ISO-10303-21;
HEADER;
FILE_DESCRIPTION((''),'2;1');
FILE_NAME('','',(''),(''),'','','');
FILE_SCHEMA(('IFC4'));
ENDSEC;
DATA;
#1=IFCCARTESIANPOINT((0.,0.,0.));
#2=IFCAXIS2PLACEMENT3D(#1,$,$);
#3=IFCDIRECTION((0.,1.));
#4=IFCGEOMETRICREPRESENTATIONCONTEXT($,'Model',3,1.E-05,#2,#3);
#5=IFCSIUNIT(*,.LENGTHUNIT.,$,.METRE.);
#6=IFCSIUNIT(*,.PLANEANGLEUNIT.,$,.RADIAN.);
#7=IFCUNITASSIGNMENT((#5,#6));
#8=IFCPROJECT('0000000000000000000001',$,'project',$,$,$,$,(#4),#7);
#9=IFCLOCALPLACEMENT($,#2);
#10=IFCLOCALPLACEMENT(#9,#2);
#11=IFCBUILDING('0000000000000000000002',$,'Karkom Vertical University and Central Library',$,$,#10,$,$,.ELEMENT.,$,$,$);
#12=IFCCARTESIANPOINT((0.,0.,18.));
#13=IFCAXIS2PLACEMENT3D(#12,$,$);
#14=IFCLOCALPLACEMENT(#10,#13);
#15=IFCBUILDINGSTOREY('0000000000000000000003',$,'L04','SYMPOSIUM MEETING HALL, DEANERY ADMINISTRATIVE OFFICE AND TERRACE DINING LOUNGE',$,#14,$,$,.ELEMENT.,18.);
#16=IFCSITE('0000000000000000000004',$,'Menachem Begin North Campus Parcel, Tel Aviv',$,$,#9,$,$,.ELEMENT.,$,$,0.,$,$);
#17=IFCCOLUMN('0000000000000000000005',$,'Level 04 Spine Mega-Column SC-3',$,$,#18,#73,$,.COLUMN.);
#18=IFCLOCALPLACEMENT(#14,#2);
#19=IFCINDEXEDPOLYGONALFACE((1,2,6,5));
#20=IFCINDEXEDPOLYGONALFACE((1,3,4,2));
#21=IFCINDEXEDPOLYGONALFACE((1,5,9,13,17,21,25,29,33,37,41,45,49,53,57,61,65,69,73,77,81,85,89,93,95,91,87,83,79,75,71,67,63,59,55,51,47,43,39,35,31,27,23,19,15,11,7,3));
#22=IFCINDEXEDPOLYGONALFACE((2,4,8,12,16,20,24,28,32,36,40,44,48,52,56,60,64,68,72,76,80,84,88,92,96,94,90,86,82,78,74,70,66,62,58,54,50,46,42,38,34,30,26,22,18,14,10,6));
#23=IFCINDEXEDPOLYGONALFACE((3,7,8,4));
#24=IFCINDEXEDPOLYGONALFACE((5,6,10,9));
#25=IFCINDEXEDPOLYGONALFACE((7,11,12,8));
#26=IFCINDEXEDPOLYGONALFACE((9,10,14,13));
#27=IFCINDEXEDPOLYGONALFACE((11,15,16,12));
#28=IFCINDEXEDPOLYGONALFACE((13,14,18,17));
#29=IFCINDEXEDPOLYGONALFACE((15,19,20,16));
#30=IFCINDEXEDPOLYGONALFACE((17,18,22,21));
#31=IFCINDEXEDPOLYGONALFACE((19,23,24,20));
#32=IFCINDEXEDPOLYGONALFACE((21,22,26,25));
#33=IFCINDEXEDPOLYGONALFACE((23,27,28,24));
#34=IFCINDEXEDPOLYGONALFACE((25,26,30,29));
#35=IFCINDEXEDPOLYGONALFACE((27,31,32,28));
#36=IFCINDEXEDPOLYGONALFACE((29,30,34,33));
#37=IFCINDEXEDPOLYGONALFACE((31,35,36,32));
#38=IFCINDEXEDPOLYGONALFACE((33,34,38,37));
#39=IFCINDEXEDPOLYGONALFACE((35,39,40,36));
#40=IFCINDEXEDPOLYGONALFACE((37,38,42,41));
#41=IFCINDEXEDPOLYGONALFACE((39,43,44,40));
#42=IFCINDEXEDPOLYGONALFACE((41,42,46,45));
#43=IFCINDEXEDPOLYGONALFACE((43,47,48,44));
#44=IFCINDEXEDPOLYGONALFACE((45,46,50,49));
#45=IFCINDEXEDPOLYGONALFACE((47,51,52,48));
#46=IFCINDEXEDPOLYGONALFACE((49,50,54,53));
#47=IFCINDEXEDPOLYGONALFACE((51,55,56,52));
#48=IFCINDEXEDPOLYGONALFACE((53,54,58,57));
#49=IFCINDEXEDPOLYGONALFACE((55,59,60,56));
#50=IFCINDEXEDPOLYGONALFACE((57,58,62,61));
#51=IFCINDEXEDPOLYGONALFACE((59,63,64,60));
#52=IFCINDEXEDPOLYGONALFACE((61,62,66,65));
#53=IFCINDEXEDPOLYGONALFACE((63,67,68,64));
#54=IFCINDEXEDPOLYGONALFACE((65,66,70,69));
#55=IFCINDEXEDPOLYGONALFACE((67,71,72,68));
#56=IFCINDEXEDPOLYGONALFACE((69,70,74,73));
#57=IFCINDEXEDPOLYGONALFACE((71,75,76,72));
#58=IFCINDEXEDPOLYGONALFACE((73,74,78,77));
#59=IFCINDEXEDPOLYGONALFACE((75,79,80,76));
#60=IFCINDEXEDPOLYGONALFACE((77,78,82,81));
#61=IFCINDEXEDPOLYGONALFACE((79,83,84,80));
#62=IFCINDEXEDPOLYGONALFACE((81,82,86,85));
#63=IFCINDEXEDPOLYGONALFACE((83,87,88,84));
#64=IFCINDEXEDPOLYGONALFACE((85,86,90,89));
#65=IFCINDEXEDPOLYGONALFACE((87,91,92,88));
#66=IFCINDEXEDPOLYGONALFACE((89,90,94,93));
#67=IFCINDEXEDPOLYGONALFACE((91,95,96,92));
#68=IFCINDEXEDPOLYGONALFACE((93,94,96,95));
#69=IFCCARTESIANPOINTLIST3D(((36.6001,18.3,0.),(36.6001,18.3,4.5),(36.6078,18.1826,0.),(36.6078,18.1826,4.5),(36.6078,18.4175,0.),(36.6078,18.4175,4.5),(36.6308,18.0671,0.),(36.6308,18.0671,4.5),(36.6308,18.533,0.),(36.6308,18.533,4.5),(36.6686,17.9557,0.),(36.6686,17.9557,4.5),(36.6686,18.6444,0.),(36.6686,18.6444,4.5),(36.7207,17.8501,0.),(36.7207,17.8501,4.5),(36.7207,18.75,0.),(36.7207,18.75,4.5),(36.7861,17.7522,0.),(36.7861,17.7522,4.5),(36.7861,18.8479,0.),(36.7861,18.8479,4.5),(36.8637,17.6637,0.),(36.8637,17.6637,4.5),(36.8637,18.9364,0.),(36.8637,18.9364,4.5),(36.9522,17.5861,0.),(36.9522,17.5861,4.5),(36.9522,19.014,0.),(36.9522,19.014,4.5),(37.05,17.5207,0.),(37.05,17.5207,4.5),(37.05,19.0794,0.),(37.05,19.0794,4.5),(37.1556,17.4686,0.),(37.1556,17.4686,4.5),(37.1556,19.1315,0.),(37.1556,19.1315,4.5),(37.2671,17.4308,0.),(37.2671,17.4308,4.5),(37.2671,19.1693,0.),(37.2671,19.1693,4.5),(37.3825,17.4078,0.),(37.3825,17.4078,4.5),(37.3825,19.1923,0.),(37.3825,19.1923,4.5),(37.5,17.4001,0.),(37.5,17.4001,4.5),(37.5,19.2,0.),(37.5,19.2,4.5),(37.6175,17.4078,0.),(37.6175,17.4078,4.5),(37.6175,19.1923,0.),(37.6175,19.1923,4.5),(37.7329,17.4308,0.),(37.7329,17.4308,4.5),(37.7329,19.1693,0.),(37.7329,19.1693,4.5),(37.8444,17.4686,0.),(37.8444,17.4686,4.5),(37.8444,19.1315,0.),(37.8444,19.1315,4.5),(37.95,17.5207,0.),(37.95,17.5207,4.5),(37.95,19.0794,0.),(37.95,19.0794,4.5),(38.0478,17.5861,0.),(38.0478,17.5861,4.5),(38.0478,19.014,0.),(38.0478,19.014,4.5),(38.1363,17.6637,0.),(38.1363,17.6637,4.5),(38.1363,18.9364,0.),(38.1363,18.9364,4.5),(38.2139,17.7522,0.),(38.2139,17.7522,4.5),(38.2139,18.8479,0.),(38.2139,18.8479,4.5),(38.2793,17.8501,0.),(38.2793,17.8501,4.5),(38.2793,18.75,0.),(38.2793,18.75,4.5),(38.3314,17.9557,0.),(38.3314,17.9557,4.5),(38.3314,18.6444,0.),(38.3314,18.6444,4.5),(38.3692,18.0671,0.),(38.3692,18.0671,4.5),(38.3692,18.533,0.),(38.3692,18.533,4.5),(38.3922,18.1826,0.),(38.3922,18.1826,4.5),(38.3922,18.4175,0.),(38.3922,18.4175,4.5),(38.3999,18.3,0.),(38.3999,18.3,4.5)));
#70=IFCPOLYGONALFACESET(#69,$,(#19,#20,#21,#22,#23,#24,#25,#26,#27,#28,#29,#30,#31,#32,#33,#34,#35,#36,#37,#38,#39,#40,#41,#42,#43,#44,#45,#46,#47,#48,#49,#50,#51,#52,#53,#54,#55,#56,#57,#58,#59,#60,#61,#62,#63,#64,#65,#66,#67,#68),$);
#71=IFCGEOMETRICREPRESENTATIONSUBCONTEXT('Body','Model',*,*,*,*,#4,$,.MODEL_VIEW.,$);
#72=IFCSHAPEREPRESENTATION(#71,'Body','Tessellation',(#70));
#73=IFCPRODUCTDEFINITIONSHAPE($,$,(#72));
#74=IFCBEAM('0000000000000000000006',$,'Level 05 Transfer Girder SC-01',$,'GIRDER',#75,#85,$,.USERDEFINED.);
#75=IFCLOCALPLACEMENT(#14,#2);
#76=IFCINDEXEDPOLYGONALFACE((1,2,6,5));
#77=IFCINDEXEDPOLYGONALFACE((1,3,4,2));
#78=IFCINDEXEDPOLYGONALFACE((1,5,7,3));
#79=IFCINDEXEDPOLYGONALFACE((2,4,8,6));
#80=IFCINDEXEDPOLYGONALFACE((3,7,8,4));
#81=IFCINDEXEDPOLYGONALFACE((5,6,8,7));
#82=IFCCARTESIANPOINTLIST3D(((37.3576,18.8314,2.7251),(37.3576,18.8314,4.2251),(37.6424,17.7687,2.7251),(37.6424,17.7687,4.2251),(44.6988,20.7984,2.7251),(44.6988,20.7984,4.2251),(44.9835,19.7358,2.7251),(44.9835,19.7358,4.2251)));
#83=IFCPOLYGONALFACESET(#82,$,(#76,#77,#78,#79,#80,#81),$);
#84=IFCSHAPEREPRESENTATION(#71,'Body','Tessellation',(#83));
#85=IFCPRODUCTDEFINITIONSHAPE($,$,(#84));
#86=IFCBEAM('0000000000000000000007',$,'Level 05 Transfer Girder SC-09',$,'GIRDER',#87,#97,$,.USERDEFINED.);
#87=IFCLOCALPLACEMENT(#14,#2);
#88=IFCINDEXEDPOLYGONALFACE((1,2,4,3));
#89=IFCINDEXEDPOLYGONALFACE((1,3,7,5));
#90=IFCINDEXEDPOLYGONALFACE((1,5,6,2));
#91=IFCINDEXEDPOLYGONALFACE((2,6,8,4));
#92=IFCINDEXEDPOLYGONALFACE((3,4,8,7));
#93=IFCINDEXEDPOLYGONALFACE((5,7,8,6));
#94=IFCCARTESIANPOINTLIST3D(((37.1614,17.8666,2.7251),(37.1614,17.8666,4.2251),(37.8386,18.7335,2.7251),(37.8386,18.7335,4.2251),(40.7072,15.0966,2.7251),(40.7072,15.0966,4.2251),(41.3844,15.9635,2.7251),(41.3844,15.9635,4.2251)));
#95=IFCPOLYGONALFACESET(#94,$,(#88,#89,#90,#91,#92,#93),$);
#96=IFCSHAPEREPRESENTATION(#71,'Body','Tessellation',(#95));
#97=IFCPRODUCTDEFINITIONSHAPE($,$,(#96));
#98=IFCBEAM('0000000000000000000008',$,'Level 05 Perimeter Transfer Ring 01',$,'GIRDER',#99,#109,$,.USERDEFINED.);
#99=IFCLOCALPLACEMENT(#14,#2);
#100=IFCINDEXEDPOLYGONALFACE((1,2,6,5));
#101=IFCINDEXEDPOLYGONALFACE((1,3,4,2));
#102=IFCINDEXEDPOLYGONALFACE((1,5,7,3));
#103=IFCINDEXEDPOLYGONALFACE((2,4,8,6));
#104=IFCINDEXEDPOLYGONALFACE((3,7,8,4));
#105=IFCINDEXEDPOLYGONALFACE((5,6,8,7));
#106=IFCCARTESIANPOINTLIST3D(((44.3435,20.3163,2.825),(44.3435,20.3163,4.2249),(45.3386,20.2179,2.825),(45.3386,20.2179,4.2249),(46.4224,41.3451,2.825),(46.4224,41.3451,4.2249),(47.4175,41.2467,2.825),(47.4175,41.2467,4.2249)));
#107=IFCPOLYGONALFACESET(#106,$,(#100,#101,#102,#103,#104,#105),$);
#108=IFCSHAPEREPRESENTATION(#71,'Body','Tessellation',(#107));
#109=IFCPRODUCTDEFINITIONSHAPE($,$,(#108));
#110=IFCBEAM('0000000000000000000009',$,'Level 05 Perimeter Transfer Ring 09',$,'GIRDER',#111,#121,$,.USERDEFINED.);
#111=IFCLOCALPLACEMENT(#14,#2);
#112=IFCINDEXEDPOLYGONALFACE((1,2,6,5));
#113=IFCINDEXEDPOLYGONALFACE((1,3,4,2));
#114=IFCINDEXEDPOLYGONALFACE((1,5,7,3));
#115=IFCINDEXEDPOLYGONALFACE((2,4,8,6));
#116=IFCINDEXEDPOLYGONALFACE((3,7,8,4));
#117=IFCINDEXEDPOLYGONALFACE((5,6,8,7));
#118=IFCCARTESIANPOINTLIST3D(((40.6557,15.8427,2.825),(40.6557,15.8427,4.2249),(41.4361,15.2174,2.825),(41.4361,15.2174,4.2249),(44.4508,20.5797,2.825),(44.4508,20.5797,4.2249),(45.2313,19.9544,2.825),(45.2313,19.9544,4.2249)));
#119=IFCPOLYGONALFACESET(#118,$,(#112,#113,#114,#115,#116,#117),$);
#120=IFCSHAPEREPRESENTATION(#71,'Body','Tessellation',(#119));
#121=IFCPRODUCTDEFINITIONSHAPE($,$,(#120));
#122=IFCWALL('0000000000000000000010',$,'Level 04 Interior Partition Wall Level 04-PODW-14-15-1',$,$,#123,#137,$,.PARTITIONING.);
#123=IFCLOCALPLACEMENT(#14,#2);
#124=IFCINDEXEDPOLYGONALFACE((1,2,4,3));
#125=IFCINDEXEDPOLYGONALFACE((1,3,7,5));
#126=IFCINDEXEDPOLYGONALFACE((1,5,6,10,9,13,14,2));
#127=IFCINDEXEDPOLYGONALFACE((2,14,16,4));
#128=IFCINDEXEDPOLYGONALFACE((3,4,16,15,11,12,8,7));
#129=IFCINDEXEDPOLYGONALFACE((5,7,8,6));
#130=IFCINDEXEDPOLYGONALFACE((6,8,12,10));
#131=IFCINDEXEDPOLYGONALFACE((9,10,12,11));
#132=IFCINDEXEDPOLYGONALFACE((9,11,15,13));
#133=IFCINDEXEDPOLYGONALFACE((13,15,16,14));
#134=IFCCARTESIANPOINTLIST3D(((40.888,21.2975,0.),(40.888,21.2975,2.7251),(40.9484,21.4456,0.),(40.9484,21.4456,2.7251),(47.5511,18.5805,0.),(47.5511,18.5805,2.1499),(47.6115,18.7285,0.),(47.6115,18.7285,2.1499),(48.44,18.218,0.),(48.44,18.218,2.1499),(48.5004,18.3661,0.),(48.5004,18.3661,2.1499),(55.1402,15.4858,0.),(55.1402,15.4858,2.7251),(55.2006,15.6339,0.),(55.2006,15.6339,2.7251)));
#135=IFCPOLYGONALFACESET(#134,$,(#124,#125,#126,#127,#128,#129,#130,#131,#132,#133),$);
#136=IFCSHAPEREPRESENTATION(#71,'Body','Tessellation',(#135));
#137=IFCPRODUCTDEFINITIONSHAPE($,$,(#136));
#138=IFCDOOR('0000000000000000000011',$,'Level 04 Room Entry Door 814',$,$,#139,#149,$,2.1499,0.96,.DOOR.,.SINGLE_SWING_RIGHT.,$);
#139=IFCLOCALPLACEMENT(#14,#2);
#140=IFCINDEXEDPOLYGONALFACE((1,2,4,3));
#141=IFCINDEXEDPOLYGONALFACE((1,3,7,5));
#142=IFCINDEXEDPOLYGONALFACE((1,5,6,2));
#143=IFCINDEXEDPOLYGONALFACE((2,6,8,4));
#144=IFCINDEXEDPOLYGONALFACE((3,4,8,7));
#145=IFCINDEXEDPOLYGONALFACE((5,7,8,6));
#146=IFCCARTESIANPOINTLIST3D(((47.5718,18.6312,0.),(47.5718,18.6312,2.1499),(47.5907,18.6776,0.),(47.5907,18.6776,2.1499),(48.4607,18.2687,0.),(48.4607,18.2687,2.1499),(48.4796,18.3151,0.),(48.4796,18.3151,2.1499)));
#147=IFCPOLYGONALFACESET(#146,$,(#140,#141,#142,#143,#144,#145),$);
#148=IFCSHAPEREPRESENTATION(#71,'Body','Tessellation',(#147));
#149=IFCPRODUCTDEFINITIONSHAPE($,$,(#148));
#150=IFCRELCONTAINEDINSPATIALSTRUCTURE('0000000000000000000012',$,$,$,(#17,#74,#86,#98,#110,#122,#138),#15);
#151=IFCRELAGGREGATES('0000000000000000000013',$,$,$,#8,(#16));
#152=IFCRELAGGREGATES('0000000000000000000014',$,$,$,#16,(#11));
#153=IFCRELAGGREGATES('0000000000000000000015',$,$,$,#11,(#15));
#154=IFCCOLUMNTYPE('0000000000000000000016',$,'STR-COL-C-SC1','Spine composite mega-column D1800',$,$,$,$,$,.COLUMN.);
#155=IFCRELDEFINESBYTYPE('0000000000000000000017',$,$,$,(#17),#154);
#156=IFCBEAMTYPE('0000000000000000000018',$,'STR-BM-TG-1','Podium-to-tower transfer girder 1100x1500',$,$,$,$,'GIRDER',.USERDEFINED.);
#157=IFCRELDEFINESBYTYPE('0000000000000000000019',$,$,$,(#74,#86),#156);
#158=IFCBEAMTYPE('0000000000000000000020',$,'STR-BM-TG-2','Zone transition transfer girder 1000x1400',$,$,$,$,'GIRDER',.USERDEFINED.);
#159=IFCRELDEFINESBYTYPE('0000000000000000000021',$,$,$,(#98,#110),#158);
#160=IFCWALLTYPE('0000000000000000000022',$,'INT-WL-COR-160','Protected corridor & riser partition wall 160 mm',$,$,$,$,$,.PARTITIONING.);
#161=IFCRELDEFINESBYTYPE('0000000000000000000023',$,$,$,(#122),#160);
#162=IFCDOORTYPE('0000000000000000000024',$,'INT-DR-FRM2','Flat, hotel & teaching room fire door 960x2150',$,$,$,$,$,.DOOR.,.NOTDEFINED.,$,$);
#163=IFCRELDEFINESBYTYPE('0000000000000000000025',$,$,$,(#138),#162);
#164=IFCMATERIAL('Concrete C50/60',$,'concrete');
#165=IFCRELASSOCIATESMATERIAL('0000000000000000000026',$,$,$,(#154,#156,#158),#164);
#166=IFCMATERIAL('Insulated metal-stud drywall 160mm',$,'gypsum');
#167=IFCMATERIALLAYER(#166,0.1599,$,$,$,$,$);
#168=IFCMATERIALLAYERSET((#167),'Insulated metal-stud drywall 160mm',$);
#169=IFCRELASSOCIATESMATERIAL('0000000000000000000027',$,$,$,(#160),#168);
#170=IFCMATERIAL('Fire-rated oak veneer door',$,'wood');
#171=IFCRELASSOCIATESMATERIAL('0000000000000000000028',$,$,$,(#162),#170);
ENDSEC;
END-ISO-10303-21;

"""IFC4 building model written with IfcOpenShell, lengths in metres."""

from ifc_helpers import new_model, si_unit, direction, frame, frame_2d, origin, origin_with_axes, origin_2d, place, context, subcontext, project, spatial, rectangle, circle, extrude, source, transform, mapped, material, layer, layer_set, material_profile, profile_set, type_object, element, fill, save


model = new_model("IFC4")

# Units and contexts
model_context = context("Model", 3, precision=1e-05, world=origin(), true_north=direction((0.0, 1.0)))
body_context = subcontext(model_context, "Body", "Model", "MODEL_VIEW")
ifc_project = project(units=[si_unit("LENGTHUNIT", "METRE"), si_unit("PLANEANGLEUNIT", "RADIAN")], contexts=[model_context])

# Site, building, storey
site_placement = place(None, origin())
site = spatial("IfcSite", under=ifc_project, at=site_placement, Name="Menachem Begin North Campus Parcel, Tel Aviv", CompositionType="ELEMENT", RefElevation=0.0)
building_placement = place(site_placement, origin())
building = spatial("IfcBuilding", under=site, at=building_placement, Name="Karkom Vertical University and Central Library", CompositionType="ELEMENT")
storey_placement = place(building_placement, frame((0.0, 0.0, 18.0)))
storey = spatial("IfcBuildingStorey", under=building, at=storey_placement, Name="L04", Description="SYMPOSIUM MEETING HALL, DEANERY ADMINISTRATIVE OFFICE AND TERRACE DINING LOUNGE", CompositionType="ELEMENT", Elevation=18.0)

# Column
ifc_material_1 = material(Name="Concrete C50/60", Category="concrete")
ifc_material_profile_1 = material_profile(ifc_material_1, circle(Radius=0.8999, at=origin_2d()), Name="CFT-D1800")
ifc_profile_set_1 = profile_set([ifc_material_profile_1], Name="Concrete C50/60")
column_type = type_object("IfcColumnType", Name="STR-COL-C-SC1", Description="Spine composite mega-column D1800", PredefinedType="COLUMN", material=ifc_profile_set_1)
shared_shape_1 = source(origin_with_axes(), body_context, "Body", "SweptSolid", [
    extrude(circle(Radius=0.8999, at=origin_2d()), origin(), (0.0, 0.0, 1.0), 4.5),
])
column_placement = place(storey_placement, frame((37.5, 18.3, 0.0), z_axis=(0.0, 0.0, 1.0), x_axis=(1.0, 0.0, 0.0)))
element("IfcColumn", 1, at=column_placement, inside=storey, type_object=column_type, Name="Level 04 Spine Mega-Column SC-3", PredefinedType="COLUMN", context=body_context, shape_type="MappedRepresentation", body=[
    mapped(shared_shape_1, transform((0.0, 0.0, 0.0), scale=1.0)),
])

# Beams
ifc_material_profile_2 = material_profile(ifc_material_1, rectangle(XDim=1.1001, YDim=1.5, at=origin_2d()), Name="TG-1100x1500")
ifc_profile_set_2 = profile_set([ifc_material_profile_2], Name="Concrete C50/60")
beam_type_1 = type_object("IfcBeamType", Name="STR-BM-TG-1", Description="Podium-to-tower transfer girder 1100x1500", ElementType="GIRDER", PredefinedType="USERDEFINED", material=ifc_profile_set_2)
shared_shape_2 = source(origin_with_axes(), body_context, "Body", "SweptSolid", [
    extrude(rectangle(XDim=1.1001, YDim=1.5, at=origin_2d()), origin(), (0.0, 0.0, 1.0), 7.6001),
])
beam_1_placement = place(storey_placement, frame((37.5, 18.3, 3.4751), z_axis=(0.965926, 0.25882, 0.0), x_axis=(-0.25882, 0.965926, 0.0)))
element("IfcBeam", 2, at=beam_1_placement, inside=storey, type_object=beam_type_1, Name="Level 05 Transfer Girder SC-01", ObjectType="GIRDER", PredefinedType="USERDEFINED", context=body_context, shape_type="MappedRepresentation", body=[
    mapped(shared_shape_2, transform((0.0, 0.0, 0.0), scale=1.0)),
])
shared_shape_3 = source(origin_with_axes(), body_context, "Body", "SweptSolid", [
    extrude(rectangle(XDim=1.1001, YDim=1.5, at=origin_2d()), origin(), (0.0, 0.0, 1.0), 4.4995),
])
beam_2_placement = place(storey_placement, frame((37.5, 18.3, 3.4751), z_axis=(0.788047, -0.615615, 0.0), x_axis=(0.615615, 0.788047, 0.0)))
element("IfcBeam", 3, at=beam_2_placement, inside=storey, type_object=beam_type_1, Name="Level 05 Transfer Girder SC-09", ObjectType="GIRDER", PredefinedType="USERDEFINED", context=body_context, shape_type="MappedRepresentation", body=[
    mapped(shared_shape_3, transform((0.0, 0.0, 0.0), scale=1.0)),
])
ifc_material_profile_3 = material_profile(ifc_material_1, rectangle(XDim=1.0, YDim=1.3999, at=origin_2d()), Name="TG-1000x1400")
ifc_profile_set_3 = profile_set([ifc_material_profile_3], Name="Concrete C50/60")
beam_type_2 = type_object("IfcBeamType", Name="STR-BM-TG-2", Description="Zone transition transfer girder 1000x1400", ElementType="GIRDER", PredefinedType="USERDEFINED", material=ifc_profile_set_3)
shared_shape_4 = source(origin_with_axes(), body_context, "Body", "SweptSolid", [
    extrude(rectangle(XDim=1.0, YDim=1.3999, at=origin_2d()), origin(), (0.0, 0.0, 1.0), 21.1313),
])
beam_3_placement = place(storey_placement, frame((44.8411, 20.2671, 3.5249), z_axis=(0.098378, 0.995149, 0.0), x_axis=(-0.995149, 0.098378, 0.0)))
element("IfcBeam", 4, at=beam_3_placement, inside=storey, type_object=beam_type_2, Name="Level 05 Perimeter Transfer Ring 01", ObjectType="GIRDER", PredefinedType="USERDEFINED", context=body_context, shape_type="MappedRepresentation", body=[
    mapped(shared_shape_4, transform((0.0, 0.0, 0.0), scale=1.0)),
])
shared_shape_5 = source(origin_with_axes(), body_context, "Body", "SweptSolid", [
    extrude(rectangle(XDim=1.0, YDim=1.3999, at=origin_2d()), origin(), (0.0, 0.0, 1.0), 6.0698),
])
beam_4_placement = place(storey_placement, frame((41.0459, 15.53, 3.5249), z_axis=(0.625249, 0.780425, 0.0), x_axis=(-0.780425, 0.625249, 0.0)))
element("IfcBeam", 5, at=beam_4_placement, inside=storey, type_object=beam_type_2, Name="Level 05 Perimeter Transfer Ring 09", ObjectType="GIRDER", PredefinedType="USERDEFINED", context=body_context, shape_type="MappedRepresentation", body=[
    mapped(shared_shape_5, transform((0.0, 0.0, 0.0), scale=1.0)),
])

# Wall, opening, door
ifc_material_2 = material(Name="Insulated metal-stud drywall 160mm", Category="gypsum")
ifc_layer_1 = layer(ifc_material_2, 0.1599)
ifc_layer_set_1 = layer_set([ifc_layer_1], Name="Insulated metal-stud drywall 160mm")
wall_type_1 = type_object("IfcWallType", Name="INT-WL-COR-160", Description="Protected corridor & riser partition wall 160 mm", PredefinedType="PARTITIONING", material=ifc_layer_set_1)
wall_1_placement = place(storey_placement, frame((40.9182, 21.3716, 0.0), z_axis=(0.0, 0.0, 1.0), x_axis=(0.925972, -0.377593, 0.0)))
wall_1 = element("IfcWall", 6, at=wall_1_placement, inside=storey, type_object=wall_type_1, Name="Level 04 Interior Partition Wall Level 04-PODW-14-15-1", PredefinedType="PARTITIONING", context=body_context, shape_type="SweptSolid", body=[
    extrude(rectangle(XDim=15.3916, YDim=0.1599, at=frame_2d((7.6958, 0.0))), origin(), (0.0, 0.0, 1.0), 2.7251),
])
opening_1_placement = place(wall_1_placement, frame((7.1958, 0.0, 0.0)))
opening_1 = element("IfcOpeningElement", 7, at=opening_1_placement, cuts=wall_1, PredefinedType="OPENING", context=body_context, shape_type="SweptSolid", body=[
    extrude(rectangle(XDim=0.96, YDim=2.1499, at=frame_2d((0.48, 1.075))), frame((0.0, 0.0898, 0.0), z_axis=(0.0, -1.0, 0.0), x_axis=(1.0, 0.0, 0.0)), (0.0, 0.0, 1.0), 0.1799),
])
ifc_material_3 = material(Name="Fire-rated oak veneer door", Category="wood")
door_type_1 = type_object("IfcDoorType", Name="INT-DR-FRM2", Description="Flat, hotel & teaching room fire door 960x2150", OperationType="NOTDEFINED", PredefinedType="DOOR", material=ifc_material_3)
shared_shape_6 = source(origin_with_axes(), body_context, "Body", "SweptSolid", [
    extrude(rectangle(XDim=0.96, YDim=2.1499, at=frame_2d((0.48, 1.075))), frame((0.0, 0.0249, 0.0), z_axis=(0.0, -1.0, 0.0), x_axis=(1.0, 0.0, 0.0)), (0.0, 0.0, 1.0), 0.05),
])
door_1_placement = place(opening_1_placement, origin())
door_1 = element("IfcDoor", 8, at=door_1_placement, inside=storey, type_object=door_type_1, Name="Level 04 Room Entry Door 814", OperationType="SINGLE_SWING_RIGHT", OverallHeight=2.1499, OverallWidth=0.96, PredefinedType="DOOR", context=body_context, shape_type="MappedRepresentation", body=[
    mapped(shared_shape_6, transform((0.0, 0.0, 0.0), scale=1.0)),
])
fill(opening_1, door_1)

save(model, "model.ifc")
